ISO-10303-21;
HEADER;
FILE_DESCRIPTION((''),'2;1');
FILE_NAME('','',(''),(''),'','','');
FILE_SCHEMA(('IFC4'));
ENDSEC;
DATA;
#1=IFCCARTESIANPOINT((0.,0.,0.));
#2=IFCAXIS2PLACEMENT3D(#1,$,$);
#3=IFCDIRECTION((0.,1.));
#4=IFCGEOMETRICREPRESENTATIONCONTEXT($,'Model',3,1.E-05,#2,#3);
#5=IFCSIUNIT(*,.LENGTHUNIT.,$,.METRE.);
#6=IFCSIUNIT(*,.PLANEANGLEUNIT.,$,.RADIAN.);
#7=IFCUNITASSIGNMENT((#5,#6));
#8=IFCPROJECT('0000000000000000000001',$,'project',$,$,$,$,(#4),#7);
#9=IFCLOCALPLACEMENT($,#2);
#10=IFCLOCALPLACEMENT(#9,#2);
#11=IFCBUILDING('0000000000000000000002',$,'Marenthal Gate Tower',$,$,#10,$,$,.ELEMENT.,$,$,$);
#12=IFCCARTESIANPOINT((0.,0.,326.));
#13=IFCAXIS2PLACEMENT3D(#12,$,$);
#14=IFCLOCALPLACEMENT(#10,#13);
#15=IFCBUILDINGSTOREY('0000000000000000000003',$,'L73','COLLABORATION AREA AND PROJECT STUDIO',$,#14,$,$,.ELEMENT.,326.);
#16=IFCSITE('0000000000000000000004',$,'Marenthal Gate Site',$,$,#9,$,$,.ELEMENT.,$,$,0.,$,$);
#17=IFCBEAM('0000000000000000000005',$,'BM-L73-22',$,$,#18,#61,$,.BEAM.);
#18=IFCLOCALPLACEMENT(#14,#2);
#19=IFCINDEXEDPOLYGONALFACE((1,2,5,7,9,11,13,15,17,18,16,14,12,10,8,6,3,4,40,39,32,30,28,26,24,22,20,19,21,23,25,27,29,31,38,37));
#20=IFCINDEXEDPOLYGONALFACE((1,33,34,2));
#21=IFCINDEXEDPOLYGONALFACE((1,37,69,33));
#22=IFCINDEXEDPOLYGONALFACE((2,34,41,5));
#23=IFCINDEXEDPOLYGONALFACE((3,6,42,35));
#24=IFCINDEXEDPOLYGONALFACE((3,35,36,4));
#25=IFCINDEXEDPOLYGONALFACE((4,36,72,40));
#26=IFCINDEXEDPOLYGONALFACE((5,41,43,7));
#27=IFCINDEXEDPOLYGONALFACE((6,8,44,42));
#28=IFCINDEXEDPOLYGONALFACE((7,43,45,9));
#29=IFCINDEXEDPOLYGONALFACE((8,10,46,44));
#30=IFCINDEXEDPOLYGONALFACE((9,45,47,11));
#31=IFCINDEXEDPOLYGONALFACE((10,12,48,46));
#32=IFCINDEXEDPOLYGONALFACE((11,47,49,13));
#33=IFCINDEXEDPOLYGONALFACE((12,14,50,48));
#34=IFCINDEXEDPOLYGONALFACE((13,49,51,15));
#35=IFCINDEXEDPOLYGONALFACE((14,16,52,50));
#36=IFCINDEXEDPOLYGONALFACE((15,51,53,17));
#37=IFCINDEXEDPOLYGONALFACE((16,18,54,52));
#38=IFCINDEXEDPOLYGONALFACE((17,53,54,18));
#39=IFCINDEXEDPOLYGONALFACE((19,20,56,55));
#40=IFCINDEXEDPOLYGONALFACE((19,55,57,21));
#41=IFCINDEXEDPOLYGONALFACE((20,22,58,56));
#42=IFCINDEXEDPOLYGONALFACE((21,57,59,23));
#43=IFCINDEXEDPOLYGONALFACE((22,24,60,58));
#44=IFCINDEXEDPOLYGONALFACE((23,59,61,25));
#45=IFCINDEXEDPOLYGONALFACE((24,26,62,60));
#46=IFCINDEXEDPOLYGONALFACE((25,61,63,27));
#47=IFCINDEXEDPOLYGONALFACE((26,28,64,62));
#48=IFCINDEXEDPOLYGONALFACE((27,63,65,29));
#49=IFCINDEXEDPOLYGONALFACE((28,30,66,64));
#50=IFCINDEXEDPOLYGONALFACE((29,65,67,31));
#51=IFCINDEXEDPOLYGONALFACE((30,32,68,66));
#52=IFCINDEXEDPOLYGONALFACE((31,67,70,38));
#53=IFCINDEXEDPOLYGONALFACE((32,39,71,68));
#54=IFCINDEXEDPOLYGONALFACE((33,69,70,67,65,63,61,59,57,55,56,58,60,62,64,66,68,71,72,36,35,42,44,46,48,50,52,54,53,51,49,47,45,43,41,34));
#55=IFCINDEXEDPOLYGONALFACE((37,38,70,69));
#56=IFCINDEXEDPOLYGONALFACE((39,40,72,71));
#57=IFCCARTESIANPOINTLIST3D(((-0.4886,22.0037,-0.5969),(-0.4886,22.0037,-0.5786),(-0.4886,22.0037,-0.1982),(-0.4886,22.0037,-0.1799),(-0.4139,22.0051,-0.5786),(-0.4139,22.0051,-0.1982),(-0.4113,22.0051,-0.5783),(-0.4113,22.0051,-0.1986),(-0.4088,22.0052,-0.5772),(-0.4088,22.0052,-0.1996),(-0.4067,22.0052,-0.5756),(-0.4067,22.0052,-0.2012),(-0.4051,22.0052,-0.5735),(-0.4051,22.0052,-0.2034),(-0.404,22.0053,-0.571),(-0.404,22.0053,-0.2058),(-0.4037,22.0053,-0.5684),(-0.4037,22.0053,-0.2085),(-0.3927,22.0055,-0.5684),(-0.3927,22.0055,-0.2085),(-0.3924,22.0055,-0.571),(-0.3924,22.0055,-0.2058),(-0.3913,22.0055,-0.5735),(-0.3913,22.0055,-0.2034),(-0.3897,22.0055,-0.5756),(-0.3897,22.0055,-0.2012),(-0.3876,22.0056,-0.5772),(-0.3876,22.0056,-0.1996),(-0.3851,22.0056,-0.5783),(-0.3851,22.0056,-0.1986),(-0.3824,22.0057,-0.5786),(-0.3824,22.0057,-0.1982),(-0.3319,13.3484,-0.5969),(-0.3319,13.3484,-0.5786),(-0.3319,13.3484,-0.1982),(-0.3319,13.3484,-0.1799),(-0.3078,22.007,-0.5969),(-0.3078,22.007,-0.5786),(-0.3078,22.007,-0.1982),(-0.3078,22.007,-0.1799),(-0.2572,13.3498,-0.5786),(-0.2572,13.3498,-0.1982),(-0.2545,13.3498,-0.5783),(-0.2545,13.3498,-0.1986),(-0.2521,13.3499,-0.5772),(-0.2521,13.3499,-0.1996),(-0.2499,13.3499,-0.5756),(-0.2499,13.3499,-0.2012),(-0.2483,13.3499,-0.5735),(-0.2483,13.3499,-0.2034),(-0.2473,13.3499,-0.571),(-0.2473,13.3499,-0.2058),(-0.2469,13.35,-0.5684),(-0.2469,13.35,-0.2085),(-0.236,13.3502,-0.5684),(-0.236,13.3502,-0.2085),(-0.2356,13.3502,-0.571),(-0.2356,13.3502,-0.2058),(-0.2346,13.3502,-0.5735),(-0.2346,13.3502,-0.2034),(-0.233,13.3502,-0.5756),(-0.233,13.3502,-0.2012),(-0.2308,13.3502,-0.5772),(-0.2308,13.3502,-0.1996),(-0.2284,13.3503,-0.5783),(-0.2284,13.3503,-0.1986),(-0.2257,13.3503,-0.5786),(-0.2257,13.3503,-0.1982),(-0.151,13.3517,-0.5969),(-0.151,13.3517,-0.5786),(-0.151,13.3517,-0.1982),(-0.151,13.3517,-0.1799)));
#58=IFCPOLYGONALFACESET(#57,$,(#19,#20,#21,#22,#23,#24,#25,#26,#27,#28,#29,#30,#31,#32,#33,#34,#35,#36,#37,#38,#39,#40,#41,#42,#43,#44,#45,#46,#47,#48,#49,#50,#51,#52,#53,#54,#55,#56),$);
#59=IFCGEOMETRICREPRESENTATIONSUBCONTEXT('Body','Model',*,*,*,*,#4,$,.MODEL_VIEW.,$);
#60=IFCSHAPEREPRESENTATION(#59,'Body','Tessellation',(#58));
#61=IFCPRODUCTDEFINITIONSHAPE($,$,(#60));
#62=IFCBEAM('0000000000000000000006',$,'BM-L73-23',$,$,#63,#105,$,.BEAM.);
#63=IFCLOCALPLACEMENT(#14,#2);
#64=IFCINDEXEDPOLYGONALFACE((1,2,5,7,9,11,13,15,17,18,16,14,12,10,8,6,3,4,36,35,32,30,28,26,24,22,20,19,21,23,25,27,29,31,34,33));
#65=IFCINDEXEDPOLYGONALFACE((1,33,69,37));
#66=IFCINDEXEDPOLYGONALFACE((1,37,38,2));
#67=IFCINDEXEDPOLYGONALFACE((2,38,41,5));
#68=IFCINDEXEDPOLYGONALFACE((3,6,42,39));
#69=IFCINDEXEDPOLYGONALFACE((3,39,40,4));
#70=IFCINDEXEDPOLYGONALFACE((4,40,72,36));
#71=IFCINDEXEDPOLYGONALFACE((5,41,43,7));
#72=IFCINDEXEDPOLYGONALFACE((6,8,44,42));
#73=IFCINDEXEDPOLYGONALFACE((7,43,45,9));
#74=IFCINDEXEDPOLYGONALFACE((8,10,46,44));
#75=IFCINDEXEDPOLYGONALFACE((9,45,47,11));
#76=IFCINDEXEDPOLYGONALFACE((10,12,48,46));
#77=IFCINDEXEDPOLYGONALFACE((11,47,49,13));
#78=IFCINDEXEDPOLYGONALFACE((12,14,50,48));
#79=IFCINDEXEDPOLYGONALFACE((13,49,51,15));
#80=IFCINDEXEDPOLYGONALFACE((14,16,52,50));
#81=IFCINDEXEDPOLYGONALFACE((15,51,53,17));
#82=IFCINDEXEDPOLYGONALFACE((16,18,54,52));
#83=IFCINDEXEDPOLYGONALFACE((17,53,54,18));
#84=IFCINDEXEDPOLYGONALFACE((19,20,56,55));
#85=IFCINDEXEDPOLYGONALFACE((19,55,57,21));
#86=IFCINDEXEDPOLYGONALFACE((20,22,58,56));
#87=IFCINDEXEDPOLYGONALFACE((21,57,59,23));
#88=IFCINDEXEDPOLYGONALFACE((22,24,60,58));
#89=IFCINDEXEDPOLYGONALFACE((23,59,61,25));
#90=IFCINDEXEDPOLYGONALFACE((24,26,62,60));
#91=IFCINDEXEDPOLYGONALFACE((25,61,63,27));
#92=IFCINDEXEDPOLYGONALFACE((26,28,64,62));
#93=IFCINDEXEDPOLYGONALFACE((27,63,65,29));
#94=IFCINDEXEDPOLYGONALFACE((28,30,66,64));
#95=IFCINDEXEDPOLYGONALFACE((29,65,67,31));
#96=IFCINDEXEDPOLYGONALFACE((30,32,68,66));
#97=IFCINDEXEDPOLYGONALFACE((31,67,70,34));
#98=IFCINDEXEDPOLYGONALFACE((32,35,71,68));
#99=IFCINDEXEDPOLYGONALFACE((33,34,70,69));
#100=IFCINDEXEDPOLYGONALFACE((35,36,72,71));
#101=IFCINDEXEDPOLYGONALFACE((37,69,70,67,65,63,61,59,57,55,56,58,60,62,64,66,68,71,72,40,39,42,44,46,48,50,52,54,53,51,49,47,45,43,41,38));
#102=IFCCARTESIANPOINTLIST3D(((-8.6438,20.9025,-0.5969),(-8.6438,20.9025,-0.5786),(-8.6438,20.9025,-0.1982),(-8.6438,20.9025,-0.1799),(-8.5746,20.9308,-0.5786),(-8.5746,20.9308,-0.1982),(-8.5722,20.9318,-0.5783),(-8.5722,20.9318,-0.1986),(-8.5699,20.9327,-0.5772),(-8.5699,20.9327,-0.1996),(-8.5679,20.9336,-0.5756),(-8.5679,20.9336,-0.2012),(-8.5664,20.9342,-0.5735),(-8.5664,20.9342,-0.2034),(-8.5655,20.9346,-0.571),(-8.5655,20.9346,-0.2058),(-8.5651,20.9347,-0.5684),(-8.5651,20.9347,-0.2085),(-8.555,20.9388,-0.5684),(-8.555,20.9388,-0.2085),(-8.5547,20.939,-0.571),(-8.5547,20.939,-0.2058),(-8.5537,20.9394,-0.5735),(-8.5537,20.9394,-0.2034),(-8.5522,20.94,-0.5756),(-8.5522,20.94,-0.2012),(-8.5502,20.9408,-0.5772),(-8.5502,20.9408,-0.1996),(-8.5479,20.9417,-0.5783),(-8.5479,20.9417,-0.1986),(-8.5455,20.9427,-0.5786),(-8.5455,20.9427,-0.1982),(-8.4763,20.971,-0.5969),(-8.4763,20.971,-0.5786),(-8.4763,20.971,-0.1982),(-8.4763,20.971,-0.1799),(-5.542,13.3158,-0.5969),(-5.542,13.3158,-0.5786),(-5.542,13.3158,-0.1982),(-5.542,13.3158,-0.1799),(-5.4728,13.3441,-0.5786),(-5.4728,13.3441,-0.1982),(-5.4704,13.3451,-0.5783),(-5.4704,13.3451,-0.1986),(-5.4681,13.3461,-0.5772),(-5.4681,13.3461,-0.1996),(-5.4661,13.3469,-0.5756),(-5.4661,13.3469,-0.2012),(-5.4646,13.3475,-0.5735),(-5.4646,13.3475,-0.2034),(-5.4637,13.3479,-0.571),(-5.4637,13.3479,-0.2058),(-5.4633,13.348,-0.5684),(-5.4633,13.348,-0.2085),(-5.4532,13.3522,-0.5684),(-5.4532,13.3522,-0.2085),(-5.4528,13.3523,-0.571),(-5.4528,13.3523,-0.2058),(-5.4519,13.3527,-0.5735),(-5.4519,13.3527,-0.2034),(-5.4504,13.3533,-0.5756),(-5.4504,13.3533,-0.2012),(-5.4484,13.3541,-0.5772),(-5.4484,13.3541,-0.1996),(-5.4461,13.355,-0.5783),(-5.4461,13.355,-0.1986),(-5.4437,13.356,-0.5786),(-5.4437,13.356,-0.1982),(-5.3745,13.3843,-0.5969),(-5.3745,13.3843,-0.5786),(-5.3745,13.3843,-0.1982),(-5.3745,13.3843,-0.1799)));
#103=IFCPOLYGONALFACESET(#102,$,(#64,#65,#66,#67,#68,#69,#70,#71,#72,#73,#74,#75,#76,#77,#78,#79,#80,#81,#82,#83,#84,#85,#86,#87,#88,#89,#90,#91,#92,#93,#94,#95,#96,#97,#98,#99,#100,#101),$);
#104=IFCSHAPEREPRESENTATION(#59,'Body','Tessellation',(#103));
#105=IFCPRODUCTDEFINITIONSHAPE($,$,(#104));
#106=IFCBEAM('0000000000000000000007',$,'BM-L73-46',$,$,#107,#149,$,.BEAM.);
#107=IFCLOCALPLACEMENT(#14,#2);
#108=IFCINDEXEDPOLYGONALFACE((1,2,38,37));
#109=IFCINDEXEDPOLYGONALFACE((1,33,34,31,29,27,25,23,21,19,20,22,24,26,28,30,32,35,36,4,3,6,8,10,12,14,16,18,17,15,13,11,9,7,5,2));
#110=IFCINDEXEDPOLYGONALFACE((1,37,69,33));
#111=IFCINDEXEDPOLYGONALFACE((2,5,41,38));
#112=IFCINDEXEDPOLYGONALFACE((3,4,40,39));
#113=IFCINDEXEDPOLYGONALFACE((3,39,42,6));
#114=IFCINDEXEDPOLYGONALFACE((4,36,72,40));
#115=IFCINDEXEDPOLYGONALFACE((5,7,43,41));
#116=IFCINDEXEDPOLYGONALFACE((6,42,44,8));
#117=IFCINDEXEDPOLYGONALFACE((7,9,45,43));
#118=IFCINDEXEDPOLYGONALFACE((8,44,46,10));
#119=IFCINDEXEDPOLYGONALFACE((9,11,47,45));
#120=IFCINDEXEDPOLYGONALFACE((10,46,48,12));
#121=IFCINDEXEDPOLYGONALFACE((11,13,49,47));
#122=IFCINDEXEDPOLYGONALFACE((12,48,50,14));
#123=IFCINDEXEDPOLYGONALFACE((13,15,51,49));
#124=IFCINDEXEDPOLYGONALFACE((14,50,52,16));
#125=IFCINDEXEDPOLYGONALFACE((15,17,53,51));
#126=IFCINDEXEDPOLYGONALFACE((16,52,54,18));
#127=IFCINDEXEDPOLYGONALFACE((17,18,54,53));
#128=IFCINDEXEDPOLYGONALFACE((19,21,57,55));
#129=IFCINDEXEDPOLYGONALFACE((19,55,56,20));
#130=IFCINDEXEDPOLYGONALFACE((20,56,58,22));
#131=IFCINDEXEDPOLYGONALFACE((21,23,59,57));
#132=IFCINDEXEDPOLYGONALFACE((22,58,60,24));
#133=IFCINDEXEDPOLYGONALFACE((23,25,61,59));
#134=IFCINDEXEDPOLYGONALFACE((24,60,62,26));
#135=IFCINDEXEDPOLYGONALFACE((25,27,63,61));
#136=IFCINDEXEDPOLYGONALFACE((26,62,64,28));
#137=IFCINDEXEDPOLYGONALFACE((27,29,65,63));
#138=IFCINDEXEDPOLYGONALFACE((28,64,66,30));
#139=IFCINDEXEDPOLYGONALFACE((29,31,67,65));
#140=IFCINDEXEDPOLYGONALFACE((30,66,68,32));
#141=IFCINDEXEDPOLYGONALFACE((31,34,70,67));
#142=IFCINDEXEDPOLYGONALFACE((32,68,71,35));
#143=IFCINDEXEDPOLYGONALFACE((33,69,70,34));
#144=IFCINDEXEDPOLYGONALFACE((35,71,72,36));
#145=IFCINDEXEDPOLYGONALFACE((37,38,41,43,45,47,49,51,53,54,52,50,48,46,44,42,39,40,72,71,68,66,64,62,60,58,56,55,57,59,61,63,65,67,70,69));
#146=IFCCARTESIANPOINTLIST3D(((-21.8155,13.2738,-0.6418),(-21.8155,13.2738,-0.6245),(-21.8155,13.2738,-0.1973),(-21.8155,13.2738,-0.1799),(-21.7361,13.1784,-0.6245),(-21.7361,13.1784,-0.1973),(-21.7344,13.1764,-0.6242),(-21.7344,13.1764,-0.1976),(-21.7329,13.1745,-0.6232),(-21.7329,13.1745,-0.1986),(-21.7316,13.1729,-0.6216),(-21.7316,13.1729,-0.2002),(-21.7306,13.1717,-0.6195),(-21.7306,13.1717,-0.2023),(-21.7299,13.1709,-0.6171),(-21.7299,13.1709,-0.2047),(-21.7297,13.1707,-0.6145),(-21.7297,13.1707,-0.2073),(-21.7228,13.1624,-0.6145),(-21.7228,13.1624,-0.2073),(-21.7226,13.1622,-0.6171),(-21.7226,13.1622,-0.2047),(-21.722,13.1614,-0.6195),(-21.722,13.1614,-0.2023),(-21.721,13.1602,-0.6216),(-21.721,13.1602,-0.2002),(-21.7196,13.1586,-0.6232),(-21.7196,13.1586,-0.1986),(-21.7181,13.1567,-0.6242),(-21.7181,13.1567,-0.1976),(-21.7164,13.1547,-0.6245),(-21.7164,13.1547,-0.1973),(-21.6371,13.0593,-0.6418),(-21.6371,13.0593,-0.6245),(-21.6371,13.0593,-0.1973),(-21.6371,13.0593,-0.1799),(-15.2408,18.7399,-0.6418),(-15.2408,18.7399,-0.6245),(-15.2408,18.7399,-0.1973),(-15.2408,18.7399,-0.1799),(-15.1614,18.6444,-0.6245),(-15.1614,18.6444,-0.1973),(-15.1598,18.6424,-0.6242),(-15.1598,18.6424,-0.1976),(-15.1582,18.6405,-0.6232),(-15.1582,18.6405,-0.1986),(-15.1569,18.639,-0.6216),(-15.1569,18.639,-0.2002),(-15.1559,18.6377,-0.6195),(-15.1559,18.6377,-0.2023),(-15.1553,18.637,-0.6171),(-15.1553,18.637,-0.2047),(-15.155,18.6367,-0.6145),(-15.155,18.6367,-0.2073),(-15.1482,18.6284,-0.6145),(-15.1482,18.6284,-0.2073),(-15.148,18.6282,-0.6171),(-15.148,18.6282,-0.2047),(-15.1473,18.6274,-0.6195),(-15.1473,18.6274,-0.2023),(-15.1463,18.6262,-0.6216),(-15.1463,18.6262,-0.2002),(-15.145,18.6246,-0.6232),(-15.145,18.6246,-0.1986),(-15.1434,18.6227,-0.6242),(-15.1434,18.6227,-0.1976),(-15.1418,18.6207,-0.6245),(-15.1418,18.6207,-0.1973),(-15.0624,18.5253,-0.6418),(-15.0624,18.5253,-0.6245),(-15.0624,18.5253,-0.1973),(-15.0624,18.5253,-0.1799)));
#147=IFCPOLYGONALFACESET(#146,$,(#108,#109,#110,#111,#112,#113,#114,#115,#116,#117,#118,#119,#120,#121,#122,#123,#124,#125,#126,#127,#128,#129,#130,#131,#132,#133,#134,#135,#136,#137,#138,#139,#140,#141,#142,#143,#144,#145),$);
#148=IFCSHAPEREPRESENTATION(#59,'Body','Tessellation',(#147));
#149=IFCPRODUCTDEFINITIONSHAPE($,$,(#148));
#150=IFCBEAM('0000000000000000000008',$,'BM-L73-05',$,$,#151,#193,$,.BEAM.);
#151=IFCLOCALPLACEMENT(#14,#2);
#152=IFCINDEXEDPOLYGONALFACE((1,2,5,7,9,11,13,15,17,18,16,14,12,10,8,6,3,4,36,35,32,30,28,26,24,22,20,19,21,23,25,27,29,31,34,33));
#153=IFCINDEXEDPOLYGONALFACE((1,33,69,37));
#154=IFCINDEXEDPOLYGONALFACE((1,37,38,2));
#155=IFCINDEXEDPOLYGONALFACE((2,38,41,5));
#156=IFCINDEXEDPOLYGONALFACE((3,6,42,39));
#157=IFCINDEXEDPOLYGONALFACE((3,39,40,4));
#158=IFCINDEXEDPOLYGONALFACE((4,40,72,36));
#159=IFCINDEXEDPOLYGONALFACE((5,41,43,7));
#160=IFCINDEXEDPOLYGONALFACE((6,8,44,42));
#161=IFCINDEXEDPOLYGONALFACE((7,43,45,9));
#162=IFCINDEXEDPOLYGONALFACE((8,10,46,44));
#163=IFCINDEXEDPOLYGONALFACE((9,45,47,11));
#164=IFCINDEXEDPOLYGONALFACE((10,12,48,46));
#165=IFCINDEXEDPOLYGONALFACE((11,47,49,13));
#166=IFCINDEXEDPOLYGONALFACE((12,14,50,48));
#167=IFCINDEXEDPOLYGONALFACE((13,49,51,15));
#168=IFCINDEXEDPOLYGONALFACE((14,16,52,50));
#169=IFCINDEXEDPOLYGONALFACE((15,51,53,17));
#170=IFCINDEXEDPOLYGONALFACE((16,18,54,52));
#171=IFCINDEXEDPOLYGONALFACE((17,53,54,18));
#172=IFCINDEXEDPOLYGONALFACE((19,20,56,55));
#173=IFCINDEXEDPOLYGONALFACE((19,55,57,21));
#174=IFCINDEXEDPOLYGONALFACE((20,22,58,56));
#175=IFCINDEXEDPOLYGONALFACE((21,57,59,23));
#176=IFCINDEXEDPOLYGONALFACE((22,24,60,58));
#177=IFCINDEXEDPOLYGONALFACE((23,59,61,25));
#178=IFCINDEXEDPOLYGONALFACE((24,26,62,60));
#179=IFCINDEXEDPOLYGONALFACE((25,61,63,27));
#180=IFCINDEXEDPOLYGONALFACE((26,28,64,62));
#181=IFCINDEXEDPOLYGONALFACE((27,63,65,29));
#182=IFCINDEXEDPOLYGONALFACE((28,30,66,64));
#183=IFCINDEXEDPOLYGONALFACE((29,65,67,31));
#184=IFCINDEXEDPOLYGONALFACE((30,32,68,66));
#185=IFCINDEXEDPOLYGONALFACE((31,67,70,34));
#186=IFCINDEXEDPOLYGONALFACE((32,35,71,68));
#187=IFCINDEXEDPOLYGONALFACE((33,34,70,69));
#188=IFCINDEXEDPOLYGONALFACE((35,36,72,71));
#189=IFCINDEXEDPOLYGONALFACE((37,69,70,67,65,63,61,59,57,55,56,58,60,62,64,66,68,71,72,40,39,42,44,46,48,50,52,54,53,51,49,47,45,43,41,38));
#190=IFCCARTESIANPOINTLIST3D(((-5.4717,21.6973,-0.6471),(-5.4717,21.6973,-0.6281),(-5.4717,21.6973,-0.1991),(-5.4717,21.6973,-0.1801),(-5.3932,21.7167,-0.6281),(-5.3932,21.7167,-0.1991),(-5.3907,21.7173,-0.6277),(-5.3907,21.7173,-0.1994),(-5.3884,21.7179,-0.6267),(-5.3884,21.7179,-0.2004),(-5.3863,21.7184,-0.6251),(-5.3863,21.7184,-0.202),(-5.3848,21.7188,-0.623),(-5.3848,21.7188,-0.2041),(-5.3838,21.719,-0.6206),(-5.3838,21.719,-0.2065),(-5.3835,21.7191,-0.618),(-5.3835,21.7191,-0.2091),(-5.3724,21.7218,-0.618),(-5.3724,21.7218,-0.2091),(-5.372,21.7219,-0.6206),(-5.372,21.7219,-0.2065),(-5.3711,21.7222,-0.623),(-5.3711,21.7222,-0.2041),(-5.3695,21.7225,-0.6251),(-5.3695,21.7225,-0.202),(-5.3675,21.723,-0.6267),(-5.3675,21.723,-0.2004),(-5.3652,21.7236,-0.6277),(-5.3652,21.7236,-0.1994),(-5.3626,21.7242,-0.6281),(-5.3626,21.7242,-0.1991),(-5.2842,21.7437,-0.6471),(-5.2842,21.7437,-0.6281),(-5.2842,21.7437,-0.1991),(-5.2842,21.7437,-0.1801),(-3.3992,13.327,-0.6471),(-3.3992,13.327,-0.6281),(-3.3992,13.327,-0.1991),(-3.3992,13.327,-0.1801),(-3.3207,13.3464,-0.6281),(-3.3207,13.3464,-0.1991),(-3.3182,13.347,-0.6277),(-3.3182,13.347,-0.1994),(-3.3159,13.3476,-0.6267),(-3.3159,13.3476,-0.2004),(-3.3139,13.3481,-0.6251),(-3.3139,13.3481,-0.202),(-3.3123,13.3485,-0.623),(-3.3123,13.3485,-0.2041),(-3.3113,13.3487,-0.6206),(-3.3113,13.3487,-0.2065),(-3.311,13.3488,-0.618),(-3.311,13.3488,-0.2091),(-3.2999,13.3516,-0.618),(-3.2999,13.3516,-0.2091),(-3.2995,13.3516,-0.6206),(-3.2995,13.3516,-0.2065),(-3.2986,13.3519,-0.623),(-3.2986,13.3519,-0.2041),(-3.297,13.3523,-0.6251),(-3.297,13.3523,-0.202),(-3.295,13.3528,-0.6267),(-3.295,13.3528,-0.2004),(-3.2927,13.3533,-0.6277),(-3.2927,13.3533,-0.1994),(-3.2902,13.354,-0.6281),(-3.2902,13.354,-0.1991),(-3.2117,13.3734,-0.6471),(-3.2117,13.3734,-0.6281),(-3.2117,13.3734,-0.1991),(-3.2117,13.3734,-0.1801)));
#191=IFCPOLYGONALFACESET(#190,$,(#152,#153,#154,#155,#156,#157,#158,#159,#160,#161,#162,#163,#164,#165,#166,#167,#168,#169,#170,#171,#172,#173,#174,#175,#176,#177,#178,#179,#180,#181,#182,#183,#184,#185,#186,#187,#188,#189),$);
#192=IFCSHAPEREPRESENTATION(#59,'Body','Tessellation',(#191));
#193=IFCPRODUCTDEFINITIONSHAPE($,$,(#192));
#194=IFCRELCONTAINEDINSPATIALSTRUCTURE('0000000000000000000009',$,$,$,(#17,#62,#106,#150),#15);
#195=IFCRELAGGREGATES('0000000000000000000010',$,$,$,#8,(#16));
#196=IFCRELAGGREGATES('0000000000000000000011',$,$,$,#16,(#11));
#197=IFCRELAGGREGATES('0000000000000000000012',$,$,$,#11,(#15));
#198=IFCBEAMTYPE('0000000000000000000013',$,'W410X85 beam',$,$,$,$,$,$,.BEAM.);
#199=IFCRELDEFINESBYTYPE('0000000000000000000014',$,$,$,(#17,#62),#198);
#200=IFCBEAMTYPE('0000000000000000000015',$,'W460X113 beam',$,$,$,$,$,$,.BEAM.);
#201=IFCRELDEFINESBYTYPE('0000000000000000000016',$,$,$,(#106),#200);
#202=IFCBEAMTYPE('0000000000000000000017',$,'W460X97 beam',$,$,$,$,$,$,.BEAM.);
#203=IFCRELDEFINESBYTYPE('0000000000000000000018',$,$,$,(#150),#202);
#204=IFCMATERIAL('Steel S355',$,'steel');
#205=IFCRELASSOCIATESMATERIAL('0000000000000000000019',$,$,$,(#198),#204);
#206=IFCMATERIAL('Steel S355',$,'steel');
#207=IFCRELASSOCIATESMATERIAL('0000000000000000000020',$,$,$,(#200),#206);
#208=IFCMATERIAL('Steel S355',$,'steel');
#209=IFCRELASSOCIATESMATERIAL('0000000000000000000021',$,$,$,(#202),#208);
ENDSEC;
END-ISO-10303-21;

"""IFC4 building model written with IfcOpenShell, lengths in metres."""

from ifc_helpers import new_model, si_unit, direction, frame, origin, origin_2d, place, context, subcontext, project, spatial, i_section, extrude, material, material_profile, profile_set, type_object, element, save


model = new_model("IFC4")

# Units and contexts
model_context = context("Model", 3, precision=1e-05, world=origin(), true_north=direction((0.0, 1.0)))
body_context = subcontext(model_context, "Body", "Model", "MODEL_VIEW")
ifc_project = project(units=[si_unit("LENGTHUNIT", "METRE"), si_unit("PLANEANGLEUNIT", "RADIAN")], contexts=[model_context])

# Site, building, storey
site_placement = place(None, origin())
site = spatial("IfcSite", under=ifc_project, at=site_placement, Name="Marenthal Gate Site", CompositionType="ELEMENT", RefElevation=0.0)
building_placement = place(site_placement, origin())
building = spatial("IfcBuilding", under=site, at=building_placement, Name="Marenthal Gate Tower", CompositionType="ELEMENT")
storey_placement = place(building_placement, frame((0.0, 0.0, 326.0)))
storey = spatial("IfcBuildingStorey", under=building, at=storey_placement, Name="L73", Description="COLLABORATION AREA AND PROJECT STUDIO", CompositionType="ELEMENT", Elevation=326.0)

# Beams
ifc_material_1 = material(Name="Steel S355", Category="steel")
ifc_material_profile_1 = material_profile(ifc_material_1, i_section(OverallWidth=0.1809, OverallDepth=0.417, WebThickness=0.011, FlangeThickness=0.0183, FilletRadius=0.0103, at=origin_2d()), Name="W410X85")
ifc_profile_set_1 = profile_set([ifc_material_profile_1], Name="Steel S355")
beam_type_1 = type_object("IfcBeamType", Name="W410X85 beam", PredefinedType="BEAM", material=ifc_profile_set_1)
beam_1_placement = place(storey_placement, frame((-0.3982, 22.0054, -0.3884), z_axis=(0.018106, -0.999836, 0.0), x_axis=(0.999836, 0.018106, 0.0)))
element("IfcBeam", 1, at=beam_1_placement, inside=storey, type_object=beam_type_1, Name="BM-L73-22", PredefinedType="BEAM", context=body_context, shape_type="SweptSolid", body=[
    extrude(i_section(OverallWidth=0.1809, OverallDepth=0.417, WebThickness=0.011, FlangeThickness=0.0183, FilletRadius=0.0103, at=origin_2d()), origin(), (0.0, 0.0, 1.0), 8.6567),
])
beam_2_placement = place(storey_placement, frame((-8.5601, 20.9368, -0.3884), z_axis=(0.378441, -0.925625, 0.0), x_axis=(0.925625, 0.378441, 0.0)))
element("IfcBeam", 2, at=beam_2_placement, inside=storey, type_object=beam_type_1, Name="BM-L73-23", PredefinedType="BEAM", context=body_context, shape_type="SweptSolid", body=[
    extrude(i_section(OverallWidth=0.1809, OverallDepth=0.417, WebThickness=0.011, FlangeThickness=0.0183, FilletRadius=0.0103, at=origin_2d()), origin(), (0.0, 0.0, 1.0), 8.1963),
])
ifc_material_2 = material(Name="Steel S355", Category="steel")
ifc_material_profile_2 = material_profile(ifc_material_2, i_section(OverallWidth=0.2791, OverallDepth=0.4619, WebThickness=0.0107, FlangeThickness=0.0173, FilletRadius=0.01, at=origin_2d()), Name="W460X113")
ifc_profile_set_2 = profile_set([ifc_material_profile_2], Name="Steel S355")
beam_type_2 = type_object("IfcBeamType", Name="W460X113 beam", PredefinedType="BEAM", material=ifc_profile_set_2)
beam_3_placement = place(storey_placement, frame((-15.1516, 18.6326, -0.4109), z_axis=(-0.76896, -0.639296, 0.0), x_axis=(0.639296, -0.76896, 0.0)))
element("IfcBeam", 3, at=beam_3_placement, inside=storey, type_object=beam_type_2, Name="BM-L73-46", PredefinedType="BEAM", context=body_context, shape_type="SweptSolid", body=[
    extrude(i_section(OverallWidth=0.2791, OverallDepth=0.4619, WebThickness=0.0107, FlangeThickness=0.0173, FilletRadius=0.01, at=origin_2d()), origin(), (0.0, 0.0, 1.0), 8.55),
])
ifc_material_3 = material(Name="Steel S355", Category="steel")
ifc_material_profile_3 = material_profile(ifc_material_3, i_section(OverallWidth=0.1931, OverallDepth=0.467, WebThickness=0.0115, FlangeThickness=0.019, FilletRadius=0.01, at=origin_2d()), Name="W460X97")
ifc_profile_set_3 = profile_set([ifc_material_profile_3], Name="Steel S355")
beam_type_3 = type_object("IfcBeamType", Name="W460X97 beam", PredefinedType="BEAM", material=ifc_profile_set_3)
beam_4_placement = place(storey_placement, frame((-5.3779, 21.7205, -0.4136), z_axis=(0.240343, -0.970688, 0.0), x_axis=(0.970688, 0.240343, 0.0)))
element("IfcBeam", 4, at=beam_4_placement, inside=storey, type_object=beam_type_3, Name="BM-L73-05", PredefinedType="BEAM", context=body_context, shape_type="SweptSolid", body=[
    extrude(i_section(OverallWidth=0.1931, OverallDepth=0.467, WebThickness=0.0115, FlangeThickness=0.019, FilletRadius=0.01, at=origin_2d()), origin(), (0.0, 0.0, 1.0), 8.623),
])

save(model, "model.ifc")
